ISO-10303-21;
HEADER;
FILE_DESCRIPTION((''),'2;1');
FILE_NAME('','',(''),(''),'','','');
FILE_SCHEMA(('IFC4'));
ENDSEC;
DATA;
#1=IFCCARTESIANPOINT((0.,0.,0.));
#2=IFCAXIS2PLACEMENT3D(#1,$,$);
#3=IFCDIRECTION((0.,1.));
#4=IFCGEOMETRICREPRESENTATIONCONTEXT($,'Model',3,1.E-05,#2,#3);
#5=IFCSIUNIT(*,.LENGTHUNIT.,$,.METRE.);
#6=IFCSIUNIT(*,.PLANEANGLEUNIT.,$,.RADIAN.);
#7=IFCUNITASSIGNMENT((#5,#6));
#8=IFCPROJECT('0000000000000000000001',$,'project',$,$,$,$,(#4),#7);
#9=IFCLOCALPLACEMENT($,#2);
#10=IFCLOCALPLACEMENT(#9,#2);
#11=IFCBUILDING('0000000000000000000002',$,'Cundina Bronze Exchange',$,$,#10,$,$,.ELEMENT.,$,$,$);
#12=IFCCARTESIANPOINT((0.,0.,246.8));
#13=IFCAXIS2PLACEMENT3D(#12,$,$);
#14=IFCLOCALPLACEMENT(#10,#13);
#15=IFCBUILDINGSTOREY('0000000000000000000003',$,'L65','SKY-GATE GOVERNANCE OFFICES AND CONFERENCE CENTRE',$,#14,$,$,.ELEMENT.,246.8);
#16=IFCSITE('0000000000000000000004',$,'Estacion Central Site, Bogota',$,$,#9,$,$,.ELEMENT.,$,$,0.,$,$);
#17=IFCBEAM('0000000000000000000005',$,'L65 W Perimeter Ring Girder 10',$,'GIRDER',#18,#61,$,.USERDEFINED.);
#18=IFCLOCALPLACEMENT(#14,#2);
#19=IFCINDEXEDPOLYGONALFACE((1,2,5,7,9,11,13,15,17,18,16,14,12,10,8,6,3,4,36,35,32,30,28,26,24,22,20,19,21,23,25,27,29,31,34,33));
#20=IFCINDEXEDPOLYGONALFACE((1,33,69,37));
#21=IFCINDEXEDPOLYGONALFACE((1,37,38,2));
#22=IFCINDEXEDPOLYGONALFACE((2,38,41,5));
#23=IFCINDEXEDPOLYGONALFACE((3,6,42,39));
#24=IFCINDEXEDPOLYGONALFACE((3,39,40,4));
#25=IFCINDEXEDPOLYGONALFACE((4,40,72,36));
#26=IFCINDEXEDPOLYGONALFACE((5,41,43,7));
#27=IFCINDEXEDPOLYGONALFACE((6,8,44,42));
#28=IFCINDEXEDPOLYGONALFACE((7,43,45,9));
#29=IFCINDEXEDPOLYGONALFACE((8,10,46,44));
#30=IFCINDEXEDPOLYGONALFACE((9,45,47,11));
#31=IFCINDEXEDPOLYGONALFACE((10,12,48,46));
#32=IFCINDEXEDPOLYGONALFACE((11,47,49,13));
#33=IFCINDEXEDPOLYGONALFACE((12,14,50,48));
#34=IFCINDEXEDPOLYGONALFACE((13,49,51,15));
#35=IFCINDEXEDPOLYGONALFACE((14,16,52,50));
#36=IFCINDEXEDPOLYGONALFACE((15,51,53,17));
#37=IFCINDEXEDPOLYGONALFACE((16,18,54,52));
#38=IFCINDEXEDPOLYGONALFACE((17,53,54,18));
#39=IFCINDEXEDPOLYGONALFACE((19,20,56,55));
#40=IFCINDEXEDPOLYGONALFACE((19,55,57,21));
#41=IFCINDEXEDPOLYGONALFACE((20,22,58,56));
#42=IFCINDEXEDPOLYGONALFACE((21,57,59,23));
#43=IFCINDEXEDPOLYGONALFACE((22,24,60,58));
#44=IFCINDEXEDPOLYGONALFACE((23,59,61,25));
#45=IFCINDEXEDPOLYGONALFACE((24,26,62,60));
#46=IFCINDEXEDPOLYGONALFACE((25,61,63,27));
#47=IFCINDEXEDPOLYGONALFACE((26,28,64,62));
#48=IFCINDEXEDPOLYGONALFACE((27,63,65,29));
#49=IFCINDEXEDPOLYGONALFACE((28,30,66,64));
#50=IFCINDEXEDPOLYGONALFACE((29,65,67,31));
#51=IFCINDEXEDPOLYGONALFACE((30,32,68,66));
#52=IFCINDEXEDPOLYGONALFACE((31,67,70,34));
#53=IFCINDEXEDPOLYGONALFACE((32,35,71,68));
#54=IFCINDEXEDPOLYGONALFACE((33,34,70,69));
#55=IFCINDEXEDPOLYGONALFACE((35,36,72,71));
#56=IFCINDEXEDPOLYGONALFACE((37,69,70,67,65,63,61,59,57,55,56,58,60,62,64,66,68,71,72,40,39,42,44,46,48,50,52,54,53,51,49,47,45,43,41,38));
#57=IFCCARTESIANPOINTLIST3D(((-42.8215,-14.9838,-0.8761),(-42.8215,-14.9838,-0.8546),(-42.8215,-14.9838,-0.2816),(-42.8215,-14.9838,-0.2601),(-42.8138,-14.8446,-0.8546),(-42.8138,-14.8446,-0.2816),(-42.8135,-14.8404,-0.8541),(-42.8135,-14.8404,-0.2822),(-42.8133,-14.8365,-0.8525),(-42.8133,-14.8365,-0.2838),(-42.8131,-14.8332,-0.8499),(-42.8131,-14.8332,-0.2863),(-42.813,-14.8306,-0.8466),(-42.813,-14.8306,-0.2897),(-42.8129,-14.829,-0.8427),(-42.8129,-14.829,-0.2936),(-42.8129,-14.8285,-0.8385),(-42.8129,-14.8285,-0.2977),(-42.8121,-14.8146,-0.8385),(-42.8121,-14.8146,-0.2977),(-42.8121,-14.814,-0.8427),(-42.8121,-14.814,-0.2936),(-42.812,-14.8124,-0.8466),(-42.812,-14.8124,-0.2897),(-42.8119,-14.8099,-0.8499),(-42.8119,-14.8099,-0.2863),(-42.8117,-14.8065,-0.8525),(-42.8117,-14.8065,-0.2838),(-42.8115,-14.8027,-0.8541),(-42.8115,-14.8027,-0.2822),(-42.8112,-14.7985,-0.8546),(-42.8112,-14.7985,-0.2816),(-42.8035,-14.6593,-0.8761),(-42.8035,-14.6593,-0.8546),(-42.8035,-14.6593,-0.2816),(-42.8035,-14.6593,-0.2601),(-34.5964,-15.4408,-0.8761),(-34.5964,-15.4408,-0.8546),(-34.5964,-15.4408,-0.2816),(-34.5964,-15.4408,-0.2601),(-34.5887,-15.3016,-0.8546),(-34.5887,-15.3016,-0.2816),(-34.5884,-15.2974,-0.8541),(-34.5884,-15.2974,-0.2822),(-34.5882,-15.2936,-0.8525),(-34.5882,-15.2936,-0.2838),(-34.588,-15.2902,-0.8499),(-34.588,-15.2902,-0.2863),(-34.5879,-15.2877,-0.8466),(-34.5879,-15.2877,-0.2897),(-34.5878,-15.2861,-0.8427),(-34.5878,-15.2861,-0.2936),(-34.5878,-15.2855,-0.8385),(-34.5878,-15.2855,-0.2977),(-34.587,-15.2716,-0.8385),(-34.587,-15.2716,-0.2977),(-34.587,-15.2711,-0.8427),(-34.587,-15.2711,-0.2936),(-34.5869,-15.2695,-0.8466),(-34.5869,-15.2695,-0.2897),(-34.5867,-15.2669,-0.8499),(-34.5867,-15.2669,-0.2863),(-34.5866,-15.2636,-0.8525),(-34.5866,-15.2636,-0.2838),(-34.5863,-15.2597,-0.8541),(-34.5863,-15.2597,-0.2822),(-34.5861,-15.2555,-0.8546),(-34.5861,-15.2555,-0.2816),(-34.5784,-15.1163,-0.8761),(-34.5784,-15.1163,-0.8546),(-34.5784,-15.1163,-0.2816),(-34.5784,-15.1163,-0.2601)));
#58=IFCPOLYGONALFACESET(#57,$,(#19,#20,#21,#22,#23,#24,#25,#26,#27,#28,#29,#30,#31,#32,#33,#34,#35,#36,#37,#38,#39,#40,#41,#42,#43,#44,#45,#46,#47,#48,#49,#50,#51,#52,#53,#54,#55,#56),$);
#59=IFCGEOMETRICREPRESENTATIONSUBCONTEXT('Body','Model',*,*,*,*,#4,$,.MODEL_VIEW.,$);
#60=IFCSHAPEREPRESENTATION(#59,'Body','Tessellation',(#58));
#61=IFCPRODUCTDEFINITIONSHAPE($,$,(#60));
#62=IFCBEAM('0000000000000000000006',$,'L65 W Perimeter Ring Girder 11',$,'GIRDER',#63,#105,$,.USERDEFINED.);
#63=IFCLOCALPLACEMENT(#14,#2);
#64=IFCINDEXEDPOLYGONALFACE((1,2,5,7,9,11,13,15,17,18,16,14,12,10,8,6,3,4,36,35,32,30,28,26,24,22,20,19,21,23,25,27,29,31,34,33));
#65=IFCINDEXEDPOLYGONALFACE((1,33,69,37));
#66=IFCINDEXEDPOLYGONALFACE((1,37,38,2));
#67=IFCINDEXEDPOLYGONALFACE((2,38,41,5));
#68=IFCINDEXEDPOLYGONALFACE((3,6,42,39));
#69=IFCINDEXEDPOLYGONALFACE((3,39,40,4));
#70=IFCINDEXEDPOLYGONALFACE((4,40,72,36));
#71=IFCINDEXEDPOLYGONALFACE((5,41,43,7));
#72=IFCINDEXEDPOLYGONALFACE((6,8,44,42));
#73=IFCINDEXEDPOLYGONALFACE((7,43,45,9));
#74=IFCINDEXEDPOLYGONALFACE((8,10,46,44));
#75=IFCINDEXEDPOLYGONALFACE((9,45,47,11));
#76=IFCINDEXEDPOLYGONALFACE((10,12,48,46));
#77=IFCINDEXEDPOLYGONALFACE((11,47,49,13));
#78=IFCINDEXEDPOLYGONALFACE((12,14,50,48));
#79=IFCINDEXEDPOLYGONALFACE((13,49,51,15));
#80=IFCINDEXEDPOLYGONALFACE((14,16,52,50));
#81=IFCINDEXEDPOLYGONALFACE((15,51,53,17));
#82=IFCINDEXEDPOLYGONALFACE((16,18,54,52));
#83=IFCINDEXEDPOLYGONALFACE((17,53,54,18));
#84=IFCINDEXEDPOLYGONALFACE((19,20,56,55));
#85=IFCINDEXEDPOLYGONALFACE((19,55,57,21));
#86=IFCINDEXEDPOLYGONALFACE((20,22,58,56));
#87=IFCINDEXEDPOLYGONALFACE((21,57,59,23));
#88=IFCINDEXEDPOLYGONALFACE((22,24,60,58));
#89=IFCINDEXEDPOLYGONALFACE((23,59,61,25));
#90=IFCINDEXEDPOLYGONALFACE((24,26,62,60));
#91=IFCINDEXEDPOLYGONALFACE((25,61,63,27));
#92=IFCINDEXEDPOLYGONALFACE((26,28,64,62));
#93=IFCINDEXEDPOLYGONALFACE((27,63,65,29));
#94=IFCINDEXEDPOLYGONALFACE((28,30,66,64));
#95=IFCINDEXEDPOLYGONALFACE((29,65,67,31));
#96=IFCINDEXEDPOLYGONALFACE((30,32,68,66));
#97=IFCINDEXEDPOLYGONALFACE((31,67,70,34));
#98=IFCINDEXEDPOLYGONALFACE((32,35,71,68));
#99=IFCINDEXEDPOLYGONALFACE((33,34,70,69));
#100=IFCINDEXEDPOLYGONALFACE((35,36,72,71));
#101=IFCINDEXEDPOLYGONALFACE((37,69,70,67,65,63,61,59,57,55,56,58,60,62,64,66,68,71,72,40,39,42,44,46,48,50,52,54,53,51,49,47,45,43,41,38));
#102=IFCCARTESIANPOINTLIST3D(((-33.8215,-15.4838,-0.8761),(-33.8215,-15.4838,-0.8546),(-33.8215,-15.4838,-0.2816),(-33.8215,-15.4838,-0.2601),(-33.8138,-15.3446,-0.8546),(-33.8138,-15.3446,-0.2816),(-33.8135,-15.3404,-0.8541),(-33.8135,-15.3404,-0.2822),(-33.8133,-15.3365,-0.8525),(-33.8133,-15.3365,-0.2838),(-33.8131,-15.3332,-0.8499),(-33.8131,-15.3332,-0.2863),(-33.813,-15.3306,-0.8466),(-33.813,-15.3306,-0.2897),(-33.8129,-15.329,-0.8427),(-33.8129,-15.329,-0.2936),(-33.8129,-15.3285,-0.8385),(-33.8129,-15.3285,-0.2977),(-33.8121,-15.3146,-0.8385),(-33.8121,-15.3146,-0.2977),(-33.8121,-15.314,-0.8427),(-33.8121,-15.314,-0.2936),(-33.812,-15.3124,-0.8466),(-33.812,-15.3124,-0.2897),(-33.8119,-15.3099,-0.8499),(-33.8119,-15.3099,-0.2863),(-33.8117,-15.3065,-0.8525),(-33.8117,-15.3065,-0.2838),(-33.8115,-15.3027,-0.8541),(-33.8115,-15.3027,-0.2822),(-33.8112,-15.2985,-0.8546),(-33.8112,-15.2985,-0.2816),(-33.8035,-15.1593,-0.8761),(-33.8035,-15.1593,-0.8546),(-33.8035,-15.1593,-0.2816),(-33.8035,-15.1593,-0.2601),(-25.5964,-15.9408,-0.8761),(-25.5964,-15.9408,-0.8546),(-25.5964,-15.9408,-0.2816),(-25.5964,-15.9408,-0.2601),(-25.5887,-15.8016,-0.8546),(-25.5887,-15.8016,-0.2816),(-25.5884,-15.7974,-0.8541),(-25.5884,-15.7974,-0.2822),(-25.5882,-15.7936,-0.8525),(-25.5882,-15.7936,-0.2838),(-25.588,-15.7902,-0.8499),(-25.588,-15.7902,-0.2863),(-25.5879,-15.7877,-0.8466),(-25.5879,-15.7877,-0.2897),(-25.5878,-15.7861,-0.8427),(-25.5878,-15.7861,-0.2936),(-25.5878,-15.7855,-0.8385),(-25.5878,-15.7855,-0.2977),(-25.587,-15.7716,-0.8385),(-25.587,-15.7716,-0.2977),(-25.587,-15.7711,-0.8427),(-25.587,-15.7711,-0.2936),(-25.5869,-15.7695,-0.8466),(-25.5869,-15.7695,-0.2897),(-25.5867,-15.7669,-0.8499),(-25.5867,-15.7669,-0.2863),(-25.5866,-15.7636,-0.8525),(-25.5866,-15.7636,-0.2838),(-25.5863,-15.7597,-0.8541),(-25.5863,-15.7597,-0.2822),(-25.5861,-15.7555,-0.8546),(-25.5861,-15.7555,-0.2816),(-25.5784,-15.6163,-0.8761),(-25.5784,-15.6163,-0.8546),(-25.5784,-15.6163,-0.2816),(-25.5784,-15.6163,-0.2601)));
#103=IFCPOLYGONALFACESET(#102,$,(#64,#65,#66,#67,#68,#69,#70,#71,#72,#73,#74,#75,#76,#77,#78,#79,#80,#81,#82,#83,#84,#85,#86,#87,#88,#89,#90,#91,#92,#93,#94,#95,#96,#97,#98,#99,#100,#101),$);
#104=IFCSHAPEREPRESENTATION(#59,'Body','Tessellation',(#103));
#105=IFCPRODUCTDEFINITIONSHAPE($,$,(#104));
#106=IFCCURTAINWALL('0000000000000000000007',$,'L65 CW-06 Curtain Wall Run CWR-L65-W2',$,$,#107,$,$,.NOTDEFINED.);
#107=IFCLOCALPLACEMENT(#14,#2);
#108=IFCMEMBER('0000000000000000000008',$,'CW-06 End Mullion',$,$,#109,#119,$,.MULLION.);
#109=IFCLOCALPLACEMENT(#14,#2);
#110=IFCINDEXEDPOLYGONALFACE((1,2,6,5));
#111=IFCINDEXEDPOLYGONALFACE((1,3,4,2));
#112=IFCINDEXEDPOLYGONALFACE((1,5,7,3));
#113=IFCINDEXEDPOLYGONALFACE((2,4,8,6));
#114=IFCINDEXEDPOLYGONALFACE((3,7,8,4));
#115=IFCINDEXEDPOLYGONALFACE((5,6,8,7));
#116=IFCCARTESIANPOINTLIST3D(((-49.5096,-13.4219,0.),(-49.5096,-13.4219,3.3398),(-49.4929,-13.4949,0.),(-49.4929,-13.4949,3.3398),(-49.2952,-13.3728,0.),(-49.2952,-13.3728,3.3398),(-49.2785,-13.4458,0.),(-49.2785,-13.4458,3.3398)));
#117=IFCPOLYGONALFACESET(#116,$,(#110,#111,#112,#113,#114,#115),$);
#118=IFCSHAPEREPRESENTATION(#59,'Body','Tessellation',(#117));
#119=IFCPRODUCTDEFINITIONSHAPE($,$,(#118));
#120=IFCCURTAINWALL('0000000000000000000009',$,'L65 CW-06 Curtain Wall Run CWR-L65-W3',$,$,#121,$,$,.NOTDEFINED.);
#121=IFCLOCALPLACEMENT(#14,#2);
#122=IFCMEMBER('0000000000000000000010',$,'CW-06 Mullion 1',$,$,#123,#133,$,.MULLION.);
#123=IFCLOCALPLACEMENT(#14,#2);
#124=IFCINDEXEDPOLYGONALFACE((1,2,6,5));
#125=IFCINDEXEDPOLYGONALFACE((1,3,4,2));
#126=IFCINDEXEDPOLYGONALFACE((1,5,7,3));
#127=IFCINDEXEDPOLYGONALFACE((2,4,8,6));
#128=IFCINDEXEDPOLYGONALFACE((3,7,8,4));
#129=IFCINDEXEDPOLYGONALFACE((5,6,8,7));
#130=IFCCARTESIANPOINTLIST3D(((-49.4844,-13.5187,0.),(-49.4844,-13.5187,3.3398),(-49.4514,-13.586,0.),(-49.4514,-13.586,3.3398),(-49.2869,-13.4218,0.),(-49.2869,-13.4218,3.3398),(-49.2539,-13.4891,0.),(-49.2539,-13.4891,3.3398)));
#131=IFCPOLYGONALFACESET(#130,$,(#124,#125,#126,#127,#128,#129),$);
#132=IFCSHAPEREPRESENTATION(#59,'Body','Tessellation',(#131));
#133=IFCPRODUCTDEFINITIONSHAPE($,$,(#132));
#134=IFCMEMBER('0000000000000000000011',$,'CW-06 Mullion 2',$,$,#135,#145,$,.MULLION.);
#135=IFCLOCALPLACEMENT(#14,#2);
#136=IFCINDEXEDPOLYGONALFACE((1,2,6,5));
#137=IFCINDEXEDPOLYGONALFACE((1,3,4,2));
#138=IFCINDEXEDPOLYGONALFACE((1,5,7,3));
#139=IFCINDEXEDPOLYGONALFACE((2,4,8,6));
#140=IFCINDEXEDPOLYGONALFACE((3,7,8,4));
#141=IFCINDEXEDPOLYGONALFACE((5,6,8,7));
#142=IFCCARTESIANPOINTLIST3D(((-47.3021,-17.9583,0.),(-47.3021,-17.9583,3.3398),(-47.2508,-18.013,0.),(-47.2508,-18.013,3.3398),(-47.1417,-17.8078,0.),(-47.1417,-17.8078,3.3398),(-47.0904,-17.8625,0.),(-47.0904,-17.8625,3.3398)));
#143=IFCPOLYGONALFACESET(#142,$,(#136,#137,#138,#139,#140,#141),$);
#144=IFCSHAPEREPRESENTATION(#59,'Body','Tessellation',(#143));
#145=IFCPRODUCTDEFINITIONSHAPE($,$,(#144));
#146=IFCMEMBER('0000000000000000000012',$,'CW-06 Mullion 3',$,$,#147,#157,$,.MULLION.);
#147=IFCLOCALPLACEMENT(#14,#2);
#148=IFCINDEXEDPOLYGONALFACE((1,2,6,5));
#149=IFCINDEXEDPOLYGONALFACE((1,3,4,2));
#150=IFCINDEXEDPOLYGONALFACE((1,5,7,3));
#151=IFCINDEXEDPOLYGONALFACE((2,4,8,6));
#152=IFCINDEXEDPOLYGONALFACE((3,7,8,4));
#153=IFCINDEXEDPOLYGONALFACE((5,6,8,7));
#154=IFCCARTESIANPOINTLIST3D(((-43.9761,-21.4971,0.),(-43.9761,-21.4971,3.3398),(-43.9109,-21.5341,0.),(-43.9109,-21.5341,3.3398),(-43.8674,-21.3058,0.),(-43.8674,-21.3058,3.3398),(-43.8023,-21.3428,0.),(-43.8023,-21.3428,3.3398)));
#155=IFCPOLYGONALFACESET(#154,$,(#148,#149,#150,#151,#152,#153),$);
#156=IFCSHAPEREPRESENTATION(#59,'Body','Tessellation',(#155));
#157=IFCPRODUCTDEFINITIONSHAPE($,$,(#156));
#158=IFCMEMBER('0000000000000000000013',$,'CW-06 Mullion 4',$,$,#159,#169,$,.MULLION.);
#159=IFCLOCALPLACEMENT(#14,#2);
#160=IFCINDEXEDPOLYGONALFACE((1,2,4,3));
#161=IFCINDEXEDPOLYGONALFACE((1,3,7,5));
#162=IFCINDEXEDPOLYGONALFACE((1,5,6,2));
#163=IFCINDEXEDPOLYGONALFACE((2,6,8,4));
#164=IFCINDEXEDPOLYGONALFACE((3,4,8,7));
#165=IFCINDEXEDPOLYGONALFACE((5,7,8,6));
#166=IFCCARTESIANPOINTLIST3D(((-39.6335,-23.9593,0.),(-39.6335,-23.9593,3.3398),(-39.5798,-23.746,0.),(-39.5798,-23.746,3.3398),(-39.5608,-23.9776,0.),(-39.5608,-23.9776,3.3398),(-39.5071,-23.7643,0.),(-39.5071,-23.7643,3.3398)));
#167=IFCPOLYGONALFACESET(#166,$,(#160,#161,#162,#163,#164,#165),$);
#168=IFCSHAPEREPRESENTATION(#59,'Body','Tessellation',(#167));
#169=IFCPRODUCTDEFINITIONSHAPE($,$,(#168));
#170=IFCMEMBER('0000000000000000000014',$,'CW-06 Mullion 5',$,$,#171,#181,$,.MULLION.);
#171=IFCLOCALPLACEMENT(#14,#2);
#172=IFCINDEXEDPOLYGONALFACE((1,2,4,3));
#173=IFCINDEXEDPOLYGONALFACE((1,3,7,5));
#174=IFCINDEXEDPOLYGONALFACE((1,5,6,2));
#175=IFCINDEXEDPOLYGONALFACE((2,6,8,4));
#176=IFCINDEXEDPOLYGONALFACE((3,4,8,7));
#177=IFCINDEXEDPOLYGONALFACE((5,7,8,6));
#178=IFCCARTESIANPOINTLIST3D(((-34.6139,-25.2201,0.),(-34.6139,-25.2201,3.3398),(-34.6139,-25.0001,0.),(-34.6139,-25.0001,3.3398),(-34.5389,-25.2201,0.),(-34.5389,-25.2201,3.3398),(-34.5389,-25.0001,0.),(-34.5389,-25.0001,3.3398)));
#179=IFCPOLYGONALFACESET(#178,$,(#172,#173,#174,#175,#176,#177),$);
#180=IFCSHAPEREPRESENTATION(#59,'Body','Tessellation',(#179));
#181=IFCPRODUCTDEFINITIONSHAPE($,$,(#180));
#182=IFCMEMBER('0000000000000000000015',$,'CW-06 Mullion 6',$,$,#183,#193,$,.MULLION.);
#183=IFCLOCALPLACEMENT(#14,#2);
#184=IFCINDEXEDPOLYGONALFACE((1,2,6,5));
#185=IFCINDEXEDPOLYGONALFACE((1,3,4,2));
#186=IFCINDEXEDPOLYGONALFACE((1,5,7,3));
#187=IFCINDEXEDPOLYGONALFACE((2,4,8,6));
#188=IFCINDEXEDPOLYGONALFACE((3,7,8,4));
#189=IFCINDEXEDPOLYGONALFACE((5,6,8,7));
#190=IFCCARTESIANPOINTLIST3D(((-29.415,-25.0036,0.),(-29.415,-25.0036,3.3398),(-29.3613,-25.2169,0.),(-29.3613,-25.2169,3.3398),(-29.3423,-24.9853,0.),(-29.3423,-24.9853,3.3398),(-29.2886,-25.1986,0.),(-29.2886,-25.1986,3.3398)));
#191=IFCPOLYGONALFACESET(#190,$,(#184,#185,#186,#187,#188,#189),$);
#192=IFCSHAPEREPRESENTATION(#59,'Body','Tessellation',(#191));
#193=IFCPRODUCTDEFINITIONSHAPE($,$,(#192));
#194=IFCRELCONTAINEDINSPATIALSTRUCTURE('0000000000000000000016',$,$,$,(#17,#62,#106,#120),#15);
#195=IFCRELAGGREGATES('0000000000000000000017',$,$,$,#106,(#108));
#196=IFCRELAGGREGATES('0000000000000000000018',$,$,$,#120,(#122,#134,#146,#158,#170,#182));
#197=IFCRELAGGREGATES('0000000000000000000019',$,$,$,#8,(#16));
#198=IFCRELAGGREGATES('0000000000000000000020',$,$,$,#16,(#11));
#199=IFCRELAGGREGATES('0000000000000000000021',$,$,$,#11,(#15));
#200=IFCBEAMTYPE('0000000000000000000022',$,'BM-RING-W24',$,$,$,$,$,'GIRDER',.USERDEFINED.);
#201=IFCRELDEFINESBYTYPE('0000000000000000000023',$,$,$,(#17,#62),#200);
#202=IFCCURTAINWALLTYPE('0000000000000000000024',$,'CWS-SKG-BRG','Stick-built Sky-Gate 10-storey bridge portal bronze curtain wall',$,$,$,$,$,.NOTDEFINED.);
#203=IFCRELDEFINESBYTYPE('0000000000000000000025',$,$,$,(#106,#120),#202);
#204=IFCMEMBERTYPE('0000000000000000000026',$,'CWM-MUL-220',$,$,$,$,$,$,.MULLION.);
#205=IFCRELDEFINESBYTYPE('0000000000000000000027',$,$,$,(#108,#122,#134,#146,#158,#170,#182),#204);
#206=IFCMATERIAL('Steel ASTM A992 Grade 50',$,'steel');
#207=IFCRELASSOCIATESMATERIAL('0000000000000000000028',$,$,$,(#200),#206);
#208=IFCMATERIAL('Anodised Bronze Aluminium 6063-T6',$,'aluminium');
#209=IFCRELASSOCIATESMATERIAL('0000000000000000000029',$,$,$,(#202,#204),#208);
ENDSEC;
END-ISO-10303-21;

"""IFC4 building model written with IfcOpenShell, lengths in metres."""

from ifc_helpers import new_model, si_unit, direction, frame, origin, origin_2d, place, context, subcontext, project, spatial, rectangle, i_section, extrude, material, material_profile, profile_set, type_object, element, aggregate, save


model = new_model("IFC4")

# Units and contexts
model_context = context("Model", 3, precision=1e-05, world=origin(), true_north=direction((0.0, 1.0)))
body_context = subcontext(model_context, "Body", "Model", "MODEL_VIEW")
ifc_project = project(units=[si_unit("LENGTHUNIT", "METRE"), si_unit("PLANEANGLEUNIT", "RADIAN")], contexts=[model_context])

# Site, building, storey
site_placement = place(None, origin())
site = spatial("IfcSite", under=ifc_project, at=site_placement, Name="Estacion Central Site, Bogota", CompositionType="ELEMENT", RefElevation=0.0)
building_placement = place(site_placement, origin())
building = spatial("IfcBuilding", under=site, at=building_placement, Name="Cundina Bronze Exchange", CompositionType="ELEMENT")
storey_placement = place(building_placement, frame((0.0, 0.0, 246.8)))
storey = spatial("IfcBuildingStorey", under=building, at=storey_placement, Name="L65", Description="SKY-GATE GOVERNANCE OFFICES AND CONFERENCE CENTRE", CompositionType="ELEMENT", Elevation=246.8)

# Beams
ifc_material_1 = material(Name="Steel ASTM A992 Grade 50", Category="steel")
ifc_material_profile_1 = material_profile(ifc_material_1, i_section(OverallWidth=0.325, OverallDepth=0.616, WebThickness=0.0139, FlangeThickness=0.0215, FilletRadius=0.0161, at=origin_2d()), Name="W24X117", Category="steel")
ifc_profile_set_1 = profile_set([ifc_material_profile_1], Name="Steel ASTM A992 Grade 50")
beam_type_1 = type_object("IfcBeamType", Name="BM-RING-W24", ElementType="GIRDER", PredefinedType="USERDEFINED", material=ifc_profile_set_1)
for number, where, z_axis, x_axis, name in (
    (1, (-42.8125, -14.8215, -0.5681), (0.99846, -0.05548, 0.0), (0.05548, 0.99846, 0.0), "L65 W Perimeter Ring Girder 10"),
    (2, (-33.8125, -15.3215, -0.5681), (0.99846, -0.05548, 0.0), (0.05548, 0.99846, 0.0), "L65 W Perimeter Ring Girder 11"),
):
    element("IfcBeam", number, at=place(storey_placement, frame(where, z_axis=z_axis, x_axis=x_axis)), inside=storey, type_object=beam_type_1, Name=name, ObjectType="GIRDER", PredefinedType="USERDEFINED", context=body_context, shape_type="SweptSolid", body=[
        extrude(i_section(OverallWidth=0.325, OverallDepth=0.616, WebThickness=0.0139, FlangeThickness=0.0215, FilletRadius=0.0161, at=origin_2d()), origin(), (0.0, 0.0, 1.0), 8.2378),
    ])

# Curtain wall, member
ifc_material_2 = material(Name="Anodised Bronze Aluminium 6063-T6", Category="aluminium")
curtain_wall_type = type_object("IfcCurtainWallType", Name="CWS-SKG-BRG", Description="Stick-built Sky-Gate 10-storey bridge portal bronze curtain wall", PredefinedType="NOTDEFINED", material=ifc_material_2)
curtain_wall_1_placement = place(storey_placement, origin())
curtain_wall_1 = element("IfcCurtainWall", 3, at=curtain_wall_1_placement, inside=storey, type_object=curtain_wall_type, Name="L65 CW-06 Curtain Wall Run CWR-L65-W2", PredefinedType="NOTDEFINED")
ifc_material_profile_2 = material_profile(ifc_material_2, rectangle(XDim=0.075, YDim=0.22, at=origin_2d()), Name="AL75X220", Category="aluminium")
ifc_profile_set_2 = profile_set([ifc_material_profile_2], Name="Anodised Bronze Aluminium 6063-T6")
member_type_1 = type_object("IfcMemberType", Name="CWM-MUL-220", PredefinedType="MULLION", material=ifc_profile_set_2)
member_1_placement = place(storey_placement, frame((-49.394, -13.4338, 0.0), z_axis=(0.0, 0.0, 1.0), x_axis=(0.22325, -0.974761, 0.0)))
member_1 = element("IfcMember", 4, at=member_1_placement, type_object=member_type_1, Name="CW-06 End Mullion", PredefinedType="MULLION", context=body_context, shape_type="SweptSolid", body=[
    extrude(rectangle(XDim=0.075, YDim=0.22, at=origin_2d()), origin(), (0.0, 0.0, 1.0), 3.3398),
])

# Curtain wall, members
curtain_wall_2_placement = place(storey_placement, origin())
curtain_wall_2 = element("IfcCurtainWall", 5, at=curtain_wall_2_placement, inside=storey, type_object=curtain_wall_type, Name="L65 CW-06 Curtain Wall Run CWR-L65-W3", PredefinedType="NOTDEFINED")
member_2_placement = place(storey_placement, frame((-49.3691, -13.5039, 0.0), z_axis=(0.0, 0.0, 1.0), x_axis=(0.440566, -0.89772, 0.0)))
member_2 = element("IfcMember", 6, at=member_2_placement, type_object=member_type_1, Name="CW-06 Mullion 1", PredefinedType="MULLION", context=body_context, shape_type="SweptSolid", body=[
    extrude(rectangle(XDim=0.075, YDim=0.22, at=origin_2d()), origin(), (0.0, 0.0, 1.0), 3.3398),
])
member_3_placement = place(storey_placement, frame((-47.1963, -17.9104, 0.0), z_axis=(0.0, 0.0, 1.0), x_axis=(0.684293, -0.729208, 0.0)))
member_3 = element("IfcMember", 7, at=member_3_placement, type_object=member_type_1, Name="CW-06 Mullion 2", PredefinedType="MULLION", context=body_context, shape_type="SweptSolid", body=[
    extrude(rectangle(XDim=0.075, YDim=0.22, at=origin_2d()), origin(), (0.0, 0.0, 1.0), 3.3398),
])
member_4_placement = place(storey_placement, frame((-43.8892, -21.4199, 0.0), z_axis=(0.0, 0.0, 1.0), x_axis=(0.869581, -0.49379, 0.0)))
member_4 = element("IfcMember", 8, at=member_4_placement, type_object=member_type_1, Name="CW-06 Mullion 3", PredefinedType="MULLION", context=body_context, shape_type="SweptSolid", body=[
    extrude(rectangle(XDim=0.075, YDim=0.22, at=origin_2d()), origin(), (0.0, 0.0, 1.0), 3.3398),
])
member_5_placement = place(storey_placement, frame((-39.5703, -23.8618, 0.0), z_axis=(0.0, 0.0, 1.0), x_axis=(0.969744, -0.244123, 0.0)))
member_5 = element("IfcMember", 9, at=member_5_placement, type_object=member_type_1, Name="CW-06 Mullion 4", PredefinedType="MULLION", context=body_context, shape_type="SweptSolid", body=[
    extrude(rectangle(XDim=0.075, YDim=0.22, at=origin_2d()), origin(), (0.0, 0.0, 1.0), 3.3398),
])
member_6_placement = place(storey_placement, frame((-34.5764, -25.1101, 0.0), z_axis=(0.0, 0.0, 1.0), x_axis=(1.0, 0.0, 0.0)))
member_6 = element("IfcMember", 10, at=member_6_placement, type_object=member_type_1, Name="CW-06 Mullion 5", PredefinedType="MULLION", context=body_context, shape_type="SweptSolid", body=[
    extrude(rectangle(XDim=0.075, YDim=0.22, at=origin_2d()), origin(), (0.0, 0.0, 1.0), 3.3398),
])
member_7_placement = place(storey_placement, frame((-29.3518, -25.1011, 0.0), z_axis=(0.0, 0.0, 1.0), x_axis=(0.969744, 0.244123, 0.0)))
member_7 = element("IfcMember", 11, at=member_7_placement, type_object=member_type_1, Name="CW-06 Mullion 6", PredefinedType="MULLION", context=body_context, shape_type="SweptSolid", body=[
    extrude(rectangle(XDim=0.075, YDim=0.22, at=origin_2d()), origin(), (0.0, 0.0, 1.0), 3.3398),
])

aggregate(curtain_wall_1, [member_1])
aggregate(curtain_wall_2, [member_2, member_3, member_4, member_5, member_6, member_7])

save(model, "model.ifc")
